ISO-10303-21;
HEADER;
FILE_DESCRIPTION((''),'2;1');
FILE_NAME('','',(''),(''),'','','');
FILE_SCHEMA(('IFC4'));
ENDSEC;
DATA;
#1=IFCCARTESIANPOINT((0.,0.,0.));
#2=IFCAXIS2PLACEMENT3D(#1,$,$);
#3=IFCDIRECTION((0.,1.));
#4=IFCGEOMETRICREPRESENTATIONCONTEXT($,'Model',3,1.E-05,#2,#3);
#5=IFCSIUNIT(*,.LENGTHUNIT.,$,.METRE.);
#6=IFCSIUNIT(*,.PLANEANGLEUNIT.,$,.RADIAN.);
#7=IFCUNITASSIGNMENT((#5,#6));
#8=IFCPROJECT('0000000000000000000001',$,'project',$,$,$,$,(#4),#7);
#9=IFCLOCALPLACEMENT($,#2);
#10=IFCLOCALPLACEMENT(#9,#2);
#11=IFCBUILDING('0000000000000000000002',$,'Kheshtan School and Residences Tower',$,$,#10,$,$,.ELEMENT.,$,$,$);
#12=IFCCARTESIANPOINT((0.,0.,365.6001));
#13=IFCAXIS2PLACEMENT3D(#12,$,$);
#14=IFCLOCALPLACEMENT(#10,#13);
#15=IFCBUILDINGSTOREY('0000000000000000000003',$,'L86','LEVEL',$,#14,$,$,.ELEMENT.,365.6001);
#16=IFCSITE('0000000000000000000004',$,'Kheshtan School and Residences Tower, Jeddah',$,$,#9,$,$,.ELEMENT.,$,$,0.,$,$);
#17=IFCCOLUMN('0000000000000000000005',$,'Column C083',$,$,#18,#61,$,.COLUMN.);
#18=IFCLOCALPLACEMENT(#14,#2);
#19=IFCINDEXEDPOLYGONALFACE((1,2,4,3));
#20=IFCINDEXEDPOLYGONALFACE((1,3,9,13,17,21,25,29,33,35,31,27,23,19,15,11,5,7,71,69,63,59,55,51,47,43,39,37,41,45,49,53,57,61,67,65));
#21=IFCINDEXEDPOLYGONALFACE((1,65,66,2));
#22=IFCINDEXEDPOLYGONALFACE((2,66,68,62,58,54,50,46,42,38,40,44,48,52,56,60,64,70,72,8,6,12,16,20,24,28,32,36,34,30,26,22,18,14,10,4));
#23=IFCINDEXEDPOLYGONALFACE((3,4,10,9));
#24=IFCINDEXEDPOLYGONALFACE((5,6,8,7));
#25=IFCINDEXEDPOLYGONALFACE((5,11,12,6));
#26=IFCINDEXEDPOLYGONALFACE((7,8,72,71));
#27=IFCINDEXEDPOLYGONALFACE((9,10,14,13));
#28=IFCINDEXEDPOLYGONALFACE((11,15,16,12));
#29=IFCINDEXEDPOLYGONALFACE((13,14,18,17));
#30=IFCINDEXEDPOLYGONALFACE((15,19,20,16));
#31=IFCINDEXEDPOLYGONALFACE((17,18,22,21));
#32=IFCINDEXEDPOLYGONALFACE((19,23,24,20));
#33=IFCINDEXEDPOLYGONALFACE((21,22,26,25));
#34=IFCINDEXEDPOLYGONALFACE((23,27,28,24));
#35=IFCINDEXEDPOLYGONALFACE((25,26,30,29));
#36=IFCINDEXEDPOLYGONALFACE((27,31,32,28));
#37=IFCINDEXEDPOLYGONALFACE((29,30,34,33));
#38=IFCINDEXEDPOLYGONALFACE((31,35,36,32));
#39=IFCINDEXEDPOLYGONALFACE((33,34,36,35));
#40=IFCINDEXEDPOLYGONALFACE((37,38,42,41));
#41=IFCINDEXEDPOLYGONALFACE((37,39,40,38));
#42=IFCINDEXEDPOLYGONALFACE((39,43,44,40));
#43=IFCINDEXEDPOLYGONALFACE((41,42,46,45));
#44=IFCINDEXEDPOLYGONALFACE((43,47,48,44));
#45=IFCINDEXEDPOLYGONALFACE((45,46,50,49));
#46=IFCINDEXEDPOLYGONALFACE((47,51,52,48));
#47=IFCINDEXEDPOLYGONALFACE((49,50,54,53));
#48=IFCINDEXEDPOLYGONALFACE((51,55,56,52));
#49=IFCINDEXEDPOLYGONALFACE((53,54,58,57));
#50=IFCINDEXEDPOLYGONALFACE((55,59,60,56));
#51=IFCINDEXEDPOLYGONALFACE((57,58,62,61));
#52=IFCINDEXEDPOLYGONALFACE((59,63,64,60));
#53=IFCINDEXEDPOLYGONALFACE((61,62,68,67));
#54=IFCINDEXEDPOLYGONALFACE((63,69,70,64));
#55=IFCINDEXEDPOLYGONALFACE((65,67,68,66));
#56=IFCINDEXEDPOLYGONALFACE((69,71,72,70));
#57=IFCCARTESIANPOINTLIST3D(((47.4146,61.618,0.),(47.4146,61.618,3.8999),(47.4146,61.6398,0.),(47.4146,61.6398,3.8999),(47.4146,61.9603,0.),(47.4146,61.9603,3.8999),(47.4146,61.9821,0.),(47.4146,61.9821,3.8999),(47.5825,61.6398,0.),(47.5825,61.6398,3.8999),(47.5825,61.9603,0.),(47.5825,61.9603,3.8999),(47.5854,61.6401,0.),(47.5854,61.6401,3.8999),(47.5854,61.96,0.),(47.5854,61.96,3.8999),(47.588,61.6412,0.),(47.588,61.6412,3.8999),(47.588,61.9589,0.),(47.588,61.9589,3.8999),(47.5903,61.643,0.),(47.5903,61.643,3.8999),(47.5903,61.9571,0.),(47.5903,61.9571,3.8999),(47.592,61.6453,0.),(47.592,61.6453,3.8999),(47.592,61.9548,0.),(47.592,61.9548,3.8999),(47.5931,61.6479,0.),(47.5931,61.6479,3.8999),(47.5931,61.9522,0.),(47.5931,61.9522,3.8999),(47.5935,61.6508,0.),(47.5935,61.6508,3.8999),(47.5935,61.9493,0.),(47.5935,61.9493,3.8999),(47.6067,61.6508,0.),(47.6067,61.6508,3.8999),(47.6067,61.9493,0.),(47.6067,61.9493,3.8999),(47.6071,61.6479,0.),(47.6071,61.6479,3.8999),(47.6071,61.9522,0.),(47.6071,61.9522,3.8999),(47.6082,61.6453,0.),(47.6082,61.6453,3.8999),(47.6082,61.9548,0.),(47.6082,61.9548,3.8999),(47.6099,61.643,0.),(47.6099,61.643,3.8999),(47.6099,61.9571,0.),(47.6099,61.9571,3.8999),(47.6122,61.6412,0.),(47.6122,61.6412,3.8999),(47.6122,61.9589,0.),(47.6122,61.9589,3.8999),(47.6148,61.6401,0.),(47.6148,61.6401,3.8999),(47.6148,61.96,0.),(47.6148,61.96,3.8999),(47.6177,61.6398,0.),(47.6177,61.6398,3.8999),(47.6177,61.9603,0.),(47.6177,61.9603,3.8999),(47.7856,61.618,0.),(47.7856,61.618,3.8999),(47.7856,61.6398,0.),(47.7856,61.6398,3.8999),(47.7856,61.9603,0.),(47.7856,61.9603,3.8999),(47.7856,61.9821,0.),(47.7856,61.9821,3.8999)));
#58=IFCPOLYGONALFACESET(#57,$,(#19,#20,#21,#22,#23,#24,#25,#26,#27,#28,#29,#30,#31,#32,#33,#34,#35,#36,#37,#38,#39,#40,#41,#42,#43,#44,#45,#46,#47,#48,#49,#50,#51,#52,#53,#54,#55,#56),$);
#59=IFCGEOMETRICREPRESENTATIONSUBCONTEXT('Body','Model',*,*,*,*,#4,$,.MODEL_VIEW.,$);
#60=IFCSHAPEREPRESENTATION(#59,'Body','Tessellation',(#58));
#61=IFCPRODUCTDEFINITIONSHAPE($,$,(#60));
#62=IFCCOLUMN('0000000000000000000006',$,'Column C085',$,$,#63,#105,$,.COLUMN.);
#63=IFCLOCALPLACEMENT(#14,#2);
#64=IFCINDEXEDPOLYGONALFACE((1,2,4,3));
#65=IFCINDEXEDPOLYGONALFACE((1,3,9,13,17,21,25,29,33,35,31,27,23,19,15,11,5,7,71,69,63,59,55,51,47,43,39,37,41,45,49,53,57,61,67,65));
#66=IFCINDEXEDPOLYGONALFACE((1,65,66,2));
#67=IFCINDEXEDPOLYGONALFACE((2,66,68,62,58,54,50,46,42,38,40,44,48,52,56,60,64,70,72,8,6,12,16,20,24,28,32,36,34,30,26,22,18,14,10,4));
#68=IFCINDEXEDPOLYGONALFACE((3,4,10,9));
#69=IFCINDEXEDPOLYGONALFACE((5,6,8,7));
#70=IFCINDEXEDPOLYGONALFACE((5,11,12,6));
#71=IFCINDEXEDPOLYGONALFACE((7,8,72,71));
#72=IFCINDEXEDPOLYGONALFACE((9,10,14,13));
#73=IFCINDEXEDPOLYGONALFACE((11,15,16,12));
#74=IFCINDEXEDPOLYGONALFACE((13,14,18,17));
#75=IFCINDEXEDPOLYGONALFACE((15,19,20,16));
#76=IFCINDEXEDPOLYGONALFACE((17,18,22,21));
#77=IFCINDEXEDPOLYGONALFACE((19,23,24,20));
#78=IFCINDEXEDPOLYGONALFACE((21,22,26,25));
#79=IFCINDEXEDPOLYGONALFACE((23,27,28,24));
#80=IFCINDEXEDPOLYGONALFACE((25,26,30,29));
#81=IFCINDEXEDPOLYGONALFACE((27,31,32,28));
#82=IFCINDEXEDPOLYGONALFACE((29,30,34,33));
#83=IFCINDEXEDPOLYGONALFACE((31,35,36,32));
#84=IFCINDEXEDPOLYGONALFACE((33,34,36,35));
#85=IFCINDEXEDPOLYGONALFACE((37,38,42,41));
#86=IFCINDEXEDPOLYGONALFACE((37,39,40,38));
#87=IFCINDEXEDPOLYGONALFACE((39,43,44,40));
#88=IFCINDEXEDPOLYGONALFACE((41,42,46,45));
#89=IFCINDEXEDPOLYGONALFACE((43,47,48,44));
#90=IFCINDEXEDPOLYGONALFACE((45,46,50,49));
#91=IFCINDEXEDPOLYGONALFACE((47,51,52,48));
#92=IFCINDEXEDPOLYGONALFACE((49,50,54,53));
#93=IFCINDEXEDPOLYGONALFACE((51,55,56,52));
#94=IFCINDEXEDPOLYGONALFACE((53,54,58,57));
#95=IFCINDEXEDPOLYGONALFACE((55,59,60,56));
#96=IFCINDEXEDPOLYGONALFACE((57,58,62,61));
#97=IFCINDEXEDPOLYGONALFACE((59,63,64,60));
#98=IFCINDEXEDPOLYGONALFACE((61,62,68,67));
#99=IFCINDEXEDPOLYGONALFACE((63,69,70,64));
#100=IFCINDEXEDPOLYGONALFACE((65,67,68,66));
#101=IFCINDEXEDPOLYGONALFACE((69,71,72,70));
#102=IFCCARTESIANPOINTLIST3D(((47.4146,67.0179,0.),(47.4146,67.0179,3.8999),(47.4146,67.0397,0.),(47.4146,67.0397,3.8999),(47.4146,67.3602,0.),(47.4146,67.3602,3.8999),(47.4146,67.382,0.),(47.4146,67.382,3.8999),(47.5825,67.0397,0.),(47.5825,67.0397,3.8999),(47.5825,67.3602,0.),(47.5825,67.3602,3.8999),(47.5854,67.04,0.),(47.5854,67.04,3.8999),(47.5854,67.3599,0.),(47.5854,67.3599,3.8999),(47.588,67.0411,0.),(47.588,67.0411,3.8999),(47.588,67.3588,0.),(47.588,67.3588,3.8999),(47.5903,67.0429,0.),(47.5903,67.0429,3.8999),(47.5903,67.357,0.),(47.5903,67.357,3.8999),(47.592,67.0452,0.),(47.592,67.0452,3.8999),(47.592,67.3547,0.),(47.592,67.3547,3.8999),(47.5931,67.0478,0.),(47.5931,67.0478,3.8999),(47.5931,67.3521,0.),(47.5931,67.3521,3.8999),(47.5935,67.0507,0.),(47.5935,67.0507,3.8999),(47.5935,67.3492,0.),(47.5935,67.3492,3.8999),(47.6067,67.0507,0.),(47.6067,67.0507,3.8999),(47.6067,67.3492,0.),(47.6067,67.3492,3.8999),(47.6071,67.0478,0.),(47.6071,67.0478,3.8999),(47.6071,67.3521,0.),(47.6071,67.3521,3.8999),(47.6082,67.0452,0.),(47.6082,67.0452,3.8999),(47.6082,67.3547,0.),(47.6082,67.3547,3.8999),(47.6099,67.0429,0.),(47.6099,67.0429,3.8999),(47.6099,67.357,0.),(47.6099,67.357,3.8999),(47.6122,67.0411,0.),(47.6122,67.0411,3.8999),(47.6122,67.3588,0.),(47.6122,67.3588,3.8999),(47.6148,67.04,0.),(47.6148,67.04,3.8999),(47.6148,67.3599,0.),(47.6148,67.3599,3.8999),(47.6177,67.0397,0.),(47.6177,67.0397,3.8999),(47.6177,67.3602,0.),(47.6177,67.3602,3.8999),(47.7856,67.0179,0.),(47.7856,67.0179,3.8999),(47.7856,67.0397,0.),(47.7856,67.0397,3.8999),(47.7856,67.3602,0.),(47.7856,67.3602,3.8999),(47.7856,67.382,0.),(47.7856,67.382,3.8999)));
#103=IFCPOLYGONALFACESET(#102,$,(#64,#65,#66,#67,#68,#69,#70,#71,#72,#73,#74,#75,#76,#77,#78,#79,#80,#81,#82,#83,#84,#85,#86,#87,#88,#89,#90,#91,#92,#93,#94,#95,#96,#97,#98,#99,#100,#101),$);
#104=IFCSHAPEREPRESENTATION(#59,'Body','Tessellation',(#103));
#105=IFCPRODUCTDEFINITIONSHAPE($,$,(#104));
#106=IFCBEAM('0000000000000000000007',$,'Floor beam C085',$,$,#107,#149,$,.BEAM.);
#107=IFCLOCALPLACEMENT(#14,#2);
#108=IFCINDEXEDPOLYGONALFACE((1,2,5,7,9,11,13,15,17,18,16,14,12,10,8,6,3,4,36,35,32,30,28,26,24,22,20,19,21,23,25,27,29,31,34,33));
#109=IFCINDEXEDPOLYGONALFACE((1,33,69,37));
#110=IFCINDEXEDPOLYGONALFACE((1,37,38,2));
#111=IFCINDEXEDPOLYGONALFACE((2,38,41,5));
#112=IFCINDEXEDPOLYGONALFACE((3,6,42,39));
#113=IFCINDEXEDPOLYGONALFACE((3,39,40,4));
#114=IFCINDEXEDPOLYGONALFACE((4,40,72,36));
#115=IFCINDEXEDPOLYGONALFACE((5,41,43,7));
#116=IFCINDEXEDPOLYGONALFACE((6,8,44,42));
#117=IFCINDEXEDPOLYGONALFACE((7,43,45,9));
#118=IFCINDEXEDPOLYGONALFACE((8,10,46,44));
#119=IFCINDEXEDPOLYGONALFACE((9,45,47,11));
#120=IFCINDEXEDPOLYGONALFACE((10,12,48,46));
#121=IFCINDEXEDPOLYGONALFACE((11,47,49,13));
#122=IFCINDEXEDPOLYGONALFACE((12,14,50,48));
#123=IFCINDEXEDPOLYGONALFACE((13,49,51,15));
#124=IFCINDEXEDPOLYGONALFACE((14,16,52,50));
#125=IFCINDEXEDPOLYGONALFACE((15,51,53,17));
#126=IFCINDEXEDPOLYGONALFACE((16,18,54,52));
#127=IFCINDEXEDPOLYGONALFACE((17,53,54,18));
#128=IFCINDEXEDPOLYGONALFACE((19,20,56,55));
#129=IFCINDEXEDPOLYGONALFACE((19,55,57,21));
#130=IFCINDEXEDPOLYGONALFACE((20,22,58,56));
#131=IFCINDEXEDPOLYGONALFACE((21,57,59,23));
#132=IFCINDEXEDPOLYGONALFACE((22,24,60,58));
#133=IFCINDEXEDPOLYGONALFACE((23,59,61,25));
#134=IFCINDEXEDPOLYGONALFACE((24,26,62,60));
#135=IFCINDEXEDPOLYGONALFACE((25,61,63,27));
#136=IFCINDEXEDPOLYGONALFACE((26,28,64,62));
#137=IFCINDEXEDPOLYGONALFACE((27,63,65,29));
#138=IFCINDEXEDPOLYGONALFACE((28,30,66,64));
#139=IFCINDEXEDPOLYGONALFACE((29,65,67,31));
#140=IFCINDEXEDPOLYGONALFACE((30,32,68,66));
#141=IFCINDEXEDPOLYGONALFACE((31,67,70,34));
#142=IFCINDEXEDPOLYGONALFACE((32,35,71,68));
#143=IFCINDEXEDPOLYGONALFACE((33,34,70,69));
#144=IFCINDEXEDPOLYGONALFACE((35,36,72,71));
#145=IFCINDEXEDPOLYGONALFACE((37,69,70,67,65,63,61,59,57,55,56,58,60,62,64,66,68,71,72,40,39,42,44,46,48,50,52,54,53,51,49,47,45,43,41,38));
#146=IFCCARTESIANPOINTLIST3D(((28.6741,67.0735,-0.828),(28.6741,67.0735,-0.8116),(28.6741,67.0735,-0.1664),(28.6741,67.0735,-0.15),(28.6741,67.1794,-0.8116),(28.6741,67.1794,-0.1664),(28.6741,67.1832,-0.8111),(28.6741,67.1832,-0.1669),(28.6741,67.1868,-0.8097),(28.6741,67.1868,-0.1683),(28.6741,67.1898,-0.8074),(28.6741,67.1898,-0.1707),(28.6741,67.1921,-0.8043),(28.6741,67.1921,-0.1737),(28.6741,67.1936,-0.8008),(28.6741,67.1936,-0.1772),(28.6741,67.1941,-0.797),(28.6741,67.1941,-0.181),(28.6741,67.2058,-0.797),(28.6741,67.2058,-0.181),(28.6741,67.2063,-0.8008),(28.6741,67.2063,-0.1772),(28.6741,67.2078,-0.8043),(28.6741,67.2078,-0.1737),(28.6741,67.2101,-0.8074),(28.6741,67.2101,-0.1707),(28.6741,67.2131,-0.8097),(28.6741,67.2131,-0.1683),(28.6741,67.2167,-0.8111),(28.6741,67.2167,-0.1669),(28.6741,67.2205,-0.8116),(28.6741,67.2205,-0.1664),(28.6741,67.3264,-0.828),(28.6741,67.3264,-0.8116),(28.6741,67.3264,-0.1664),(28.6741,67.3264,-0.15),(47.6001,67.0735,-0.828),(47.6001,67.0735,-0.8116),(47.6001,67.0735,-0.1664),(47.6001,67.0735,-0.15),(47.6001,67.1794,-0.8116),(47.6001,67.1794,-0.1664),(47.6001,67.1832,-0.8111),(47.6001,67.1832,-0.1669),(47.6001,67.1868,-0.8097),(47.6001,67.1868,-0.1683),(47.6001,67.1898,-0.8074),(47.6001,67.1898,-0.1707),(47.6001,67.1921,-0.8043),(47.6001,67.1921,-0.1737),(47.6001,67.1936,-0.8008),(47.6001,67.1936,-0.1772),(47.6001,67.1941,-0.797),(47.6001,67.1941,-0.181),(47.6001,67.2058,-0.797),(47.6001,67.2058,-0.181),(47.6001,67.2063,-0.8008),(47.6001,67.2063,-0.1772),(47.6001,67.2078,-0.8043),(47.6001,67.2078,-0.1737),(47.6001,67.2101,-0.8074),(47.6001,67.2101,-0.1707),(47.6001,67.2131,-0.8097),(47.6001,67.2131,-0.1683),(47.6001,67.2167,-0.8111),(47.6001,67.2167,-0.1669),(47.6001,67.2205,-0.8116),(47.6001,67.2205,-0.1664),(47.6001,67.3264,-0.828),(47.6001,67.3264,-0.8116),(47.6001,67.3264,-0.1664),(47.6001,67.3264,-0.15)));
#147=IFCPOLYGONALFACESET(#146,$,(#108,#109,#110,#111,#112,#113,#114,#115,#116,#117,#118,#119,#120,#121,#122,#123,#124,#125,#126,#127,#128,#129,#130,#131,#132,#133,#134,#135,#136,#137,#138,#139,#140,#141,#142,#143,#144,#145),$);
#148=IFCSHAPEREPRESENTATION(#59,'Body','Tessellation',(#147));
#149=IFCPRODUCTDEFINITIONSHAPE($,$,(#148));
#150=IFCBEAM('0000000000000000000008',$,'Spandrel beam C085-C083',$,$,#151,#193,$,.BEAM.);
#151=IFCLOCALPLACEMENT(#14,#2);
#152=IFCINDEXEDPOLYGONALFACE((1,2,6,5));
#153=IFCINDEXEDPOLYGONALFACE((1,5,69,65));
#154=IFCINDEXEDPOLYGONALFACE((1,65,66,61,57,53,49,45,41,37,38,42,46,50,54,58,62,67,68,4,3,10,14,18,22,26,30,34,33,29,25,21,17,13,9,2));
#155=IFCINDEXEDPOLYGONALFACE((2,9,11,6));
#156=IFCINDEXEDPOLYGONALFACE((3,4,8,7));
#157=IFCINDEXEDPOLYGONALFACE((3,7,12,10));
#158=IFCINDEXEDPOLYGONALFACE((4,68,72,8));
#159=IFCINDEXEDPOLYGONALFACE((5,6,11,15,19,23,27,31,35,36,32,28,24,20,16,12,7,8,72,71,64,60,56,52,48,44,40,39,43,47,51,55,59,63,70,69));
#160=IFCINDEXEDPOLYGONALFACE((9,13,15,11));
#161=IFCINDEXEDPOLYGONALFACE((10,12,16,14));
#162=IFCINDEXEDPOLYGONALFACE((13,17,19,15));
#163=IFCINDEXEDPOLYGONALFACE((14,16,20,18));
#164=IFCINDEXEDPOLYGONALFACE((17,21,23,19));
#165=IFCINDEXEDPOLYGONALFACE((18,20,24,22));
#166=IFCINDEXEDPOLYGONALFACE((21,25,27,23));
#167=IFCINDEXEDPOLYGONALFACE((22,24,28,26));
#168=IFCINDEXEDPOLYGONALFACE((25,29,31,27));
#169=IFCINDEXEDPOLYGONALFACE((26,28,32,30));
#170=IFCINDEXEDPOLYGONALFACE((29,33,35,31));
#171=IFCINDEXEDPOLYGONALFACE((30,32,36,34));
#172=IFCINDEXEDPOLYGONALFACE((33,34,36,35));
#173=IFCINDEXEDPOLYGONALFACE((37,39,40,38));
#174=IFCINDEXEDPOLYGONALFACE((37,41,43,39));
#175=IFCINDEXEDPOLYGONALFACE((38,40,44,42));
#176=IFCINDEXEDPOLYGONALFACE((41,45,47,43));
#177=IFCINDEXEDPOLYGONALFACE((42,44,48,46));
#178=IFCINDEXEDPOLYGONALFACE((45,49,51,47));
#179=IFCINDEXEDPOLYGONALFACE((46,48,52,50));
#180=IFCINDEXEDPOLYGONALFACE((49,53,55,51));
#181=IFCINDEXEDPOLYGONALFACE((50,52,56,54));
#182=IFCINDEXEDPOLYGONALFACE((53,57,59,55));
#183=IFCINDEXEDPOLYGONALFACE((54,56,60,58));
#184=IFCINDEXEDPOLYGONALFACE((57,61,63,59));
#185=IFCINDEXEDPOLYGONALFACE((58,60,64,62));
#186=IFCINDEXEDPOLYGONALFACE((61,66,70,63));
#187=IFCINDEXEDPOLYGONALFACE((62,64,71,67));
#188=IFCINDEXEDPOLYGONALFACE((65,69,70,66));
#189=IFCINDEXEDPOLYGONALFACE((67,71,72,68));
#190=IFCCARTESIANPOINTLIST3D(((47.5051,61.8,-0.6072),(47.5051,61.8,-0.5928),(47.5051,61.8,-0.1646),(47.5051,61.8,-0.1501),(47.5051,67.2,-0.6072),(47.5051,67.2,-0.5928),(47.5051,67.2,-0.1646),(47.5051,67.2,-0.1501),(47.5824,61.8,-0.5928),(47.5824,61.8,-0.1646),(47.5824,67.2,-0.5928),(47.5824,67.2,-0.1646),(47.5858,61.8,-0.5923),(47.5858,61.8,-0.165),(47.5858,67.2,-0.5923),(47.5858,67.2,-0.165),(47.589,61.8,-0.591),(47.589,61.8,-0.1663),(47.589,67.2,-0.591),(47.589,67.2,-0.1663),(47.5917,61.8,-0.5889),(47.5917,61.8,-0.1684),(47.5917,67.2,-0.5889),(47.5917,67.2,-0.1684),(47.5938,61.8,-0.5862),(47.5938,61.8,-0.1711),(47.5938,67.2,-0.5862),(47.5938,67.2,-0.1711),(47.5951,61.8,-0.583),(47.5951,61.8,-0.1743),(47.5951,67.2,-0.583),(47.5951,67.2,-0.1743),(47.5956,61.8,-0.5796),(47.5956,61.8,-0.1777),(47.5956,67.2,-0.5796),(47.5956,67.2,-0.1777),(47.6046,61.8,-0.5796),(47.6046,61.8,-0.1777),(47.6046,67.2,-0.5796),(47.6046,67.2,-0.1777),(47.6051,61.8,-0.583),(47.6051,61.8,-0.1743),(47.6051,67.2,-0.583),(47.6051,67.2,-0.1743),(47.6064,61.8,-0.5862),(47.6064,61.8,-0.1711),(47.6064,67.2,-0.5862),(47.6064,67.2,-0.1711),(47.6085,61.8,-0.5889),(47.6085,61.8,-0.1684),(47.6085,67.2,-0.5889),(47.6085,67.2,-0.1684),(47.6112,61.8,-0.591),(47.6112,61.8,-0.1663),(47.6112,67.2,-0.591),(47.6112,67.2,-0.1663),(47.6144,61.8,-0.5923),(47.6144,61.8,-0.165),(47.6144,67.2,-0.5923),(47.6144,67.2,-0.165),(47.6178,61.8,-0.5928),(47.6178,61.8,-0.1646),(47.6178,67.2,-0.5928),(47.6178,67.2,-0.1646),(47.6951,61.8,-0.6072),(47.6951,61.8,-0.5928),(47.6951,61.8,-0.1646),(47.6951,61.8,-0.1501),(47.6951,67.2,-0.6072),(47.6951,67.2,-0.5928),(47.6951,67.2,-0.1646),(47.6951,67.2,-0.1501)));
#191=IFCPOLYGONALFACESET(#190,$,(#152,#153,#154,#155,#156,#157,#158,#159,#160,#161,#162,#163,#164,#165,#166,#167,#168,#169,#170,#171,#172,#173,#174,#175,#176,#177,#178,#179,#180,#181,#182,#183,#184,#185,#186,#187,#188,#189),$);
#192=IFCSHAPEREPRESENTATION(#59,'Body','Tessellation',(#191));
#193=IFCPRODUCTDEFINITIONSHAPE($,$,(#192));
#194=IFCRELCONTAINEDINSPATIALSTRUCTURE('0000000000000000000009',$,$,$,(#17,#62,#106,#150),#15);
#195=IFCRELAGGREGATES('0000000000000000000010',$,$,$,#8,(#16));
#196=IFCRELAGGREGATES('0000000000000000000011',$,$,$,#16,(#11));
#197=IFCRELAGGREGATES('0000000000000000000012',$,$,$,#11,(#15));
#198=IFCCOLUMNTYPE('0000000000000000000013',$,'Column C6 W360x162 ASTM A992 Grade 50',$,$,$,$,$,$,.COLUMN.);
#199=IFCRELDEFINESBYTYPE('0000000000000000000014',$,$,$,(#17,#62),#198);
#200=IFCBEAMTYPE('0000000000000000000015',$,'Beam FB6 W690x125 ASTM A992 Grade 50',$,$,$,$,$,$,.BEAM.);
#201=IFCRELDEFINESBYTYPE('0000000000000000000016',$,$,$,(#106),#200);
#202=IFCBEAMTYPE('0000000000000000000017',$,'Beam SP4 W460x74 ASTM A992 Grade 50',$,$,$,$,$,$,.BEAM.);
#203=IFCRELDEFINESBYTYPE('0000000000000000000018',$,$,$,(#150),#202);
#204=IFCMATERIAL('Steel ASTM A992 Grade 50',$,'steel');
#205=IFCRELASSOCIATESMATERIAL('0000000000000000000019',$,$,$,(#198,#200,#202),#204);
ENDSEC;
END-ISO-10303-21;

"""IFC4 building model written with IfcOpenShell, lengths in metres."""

from ifc_helpers import new_model, si_unit, direction, frame, origin, origin_2d, place, context, subcontext, project, spatial, i_section, extrude, material, material_profile, profile_set, type_object, element, save


model = new_model("IFC4")

# Units and contexts
model_context = context("Model", 3, precision=1e-05, world=origin(), true_north=direction((0.0, 1.0)))
body_context = subcontext(model_context, "Body", "Model", "MODEL_VIEW")
ifc_project = project(units=[si_unit("LENGTHUNIT", "METRE"), si_unit("PLANEANGLEUNIT", "RADIAN")], contexts=[model_context])

# Site, building, storey
site_placement = place(None, origin())
site = spatial("IfcSite", under=ifc_project, at=site_placement, Name="Kheshtan School and Residences Tower, Jeddah", CompositionType="ELEMENT", RefElevation=0.0)
building_placement = place(site_placement, origin())
building = spatial("IfcBuilding", under=site, at=building_placement, Name="Kheshtan School and Residences Tower", CompositionType="ELEMENT")
storey_placement = place(building_placement, frame((0.0, 0.0, 365.6001)))
storey = spatial("IfcBuildingStorey", under=building, at=storey_placement, Name="L86", Description="LEVEL", CompositionType="ELEMENT", Elevation=365.6001)

# Columns
ifc_material_1 = material(Name="Steel ASTM A992 Grade 50", Category="steel")
ifc_material_profile_1 = material_profile(ifc_material_1, i_section(OverallWidth=0.3711, OverallDepth=0.364, WebThickness=0.0132, FlangeThickness=0.0217, FilletRadius=0.011, at=origin_2d()), Name="W360x162")
ifc_profile_set_1 = profile_set([ifc_material_profile_1], Name="Steel ASTM A992 Grade 50")
column_type = type_object("IfcColumnType", Name="Column C6 W360x162 ASTM A992 Grade 50", PredefinedType="COLUMN", material=ifc_profile_set_1)
for number, where, z_axis, x_axis, name in (
    (1, (47.6001, 61.8, 0.0), (0.0, 0.0, 1.0), (1.0, 0.0, 0.0), "Column C083"),
    (2, (47.6001, 67.2, 0.0), (0.0, 0.0, 1.0), (1.0, 0.0, 0.0), "Column C085"),
):
    element("IfcColumn", number, at=place(storey_placement, frame(where, z_axis=z_axis, x_axis=x_axis)), inside=storey, type_object=column_type, Name=name, PredefinedType="COLUMN", context=body_context, shape_type="SweptSolid", body=[
        extrude(i_section(OverallWidth=0.3711, OverallDepth=0.364, WebThickness=0.0132, FlangeThickness=0.0217, FilletRadius=0.011, at=origin_2d()), origin(), (0.0, 0.0, 1.0), 3.8999),
    ])

# Beams
ifc_material_profile_2 = material_profile(ifc_material_1, i_section(OverallWidth=0.2529, OverallDepth=0.678, WebThickness=0.0117, FlangeThickness=0.0164, FilletRadius=0.0146, at=origin_2d()), Name="W690x125")
ifc_profile_set_2 = profile_set([ifc_material_profile_2], Name="Steel ASTM A992 Grade 50")
beam_type_1 = type_object("IfcBeamType", Name="Beam FB6 W690x125 ASTM A992 Grade 50", PredefinedType="BEAM", material=ifc_profile_set_2)
beam_1_placement = place(storey_placement, frame((47.6001, 67.2, -0.489), z_axis=(-1.0, 0.0, 0.0), x_axis=(0.0, -1.0, 0.0)))
element("IfcBeam", 3, at=beam_1_placement, inside=storey, type_object=beam_type_1, Name="Floor beam C085", PredefinedType="BEAM", context=body_context, shape_type="SweptSolid", body=[
    extrude(i_section(OverallWidth=0.2529, OverallDepth=0.678, WebThickness=0.0117, FlangeThickness=0.0164, FilletRadius=0.0146, at=origin_2d()), origin(), (0.0, 0.0, 1.0), 18.926),
])
ifc_material_profile_3 = material_profile(ifc_material_1, i_section(OverallWidth=0.1899, OverallDepth=0.457, WebThickness=0.009, FlangeThickness=0.0144, FilletRadius=0.0132, at=origin_2d()), Name="W460x74")
ifc_profile_set_3 = profile_set([ifc_material_profile_3], Name="Steel ASTM A992 Grade 50")
beam_type_2 = type_object("IfcBeamType", Name="Beam SP4 W460x74 ASTM A992 Grade 50", PredefinedType="BEAM", material=ifc_profile_set_3)
beam_2_placement = place(storey_placement, frame((47.6001, 67.2, -0.3787), z_axis=(0.0, -1.0, 0.0), x_axis=(1.0, 0.0, 0.0)))
element("IfcBeam", 4, at=beam_2_placement, inside=storey, type_object=beam_type_2, Name="Spandrel beam C085-C083", PredefinedType="BEAM", context=body_context, shape_type="SweptSolid", body=[
    extrude(i_section(OverallWidth=0.1899, OverallDepth=0.457, WebThickness=0.009, FlangeThickness=0.0144, FilletRadius=0.0132, at=origin_2d()), origin(), (0.0, 0.0, 1.0), 5.3999),
])

save(model, "model.ifc")
